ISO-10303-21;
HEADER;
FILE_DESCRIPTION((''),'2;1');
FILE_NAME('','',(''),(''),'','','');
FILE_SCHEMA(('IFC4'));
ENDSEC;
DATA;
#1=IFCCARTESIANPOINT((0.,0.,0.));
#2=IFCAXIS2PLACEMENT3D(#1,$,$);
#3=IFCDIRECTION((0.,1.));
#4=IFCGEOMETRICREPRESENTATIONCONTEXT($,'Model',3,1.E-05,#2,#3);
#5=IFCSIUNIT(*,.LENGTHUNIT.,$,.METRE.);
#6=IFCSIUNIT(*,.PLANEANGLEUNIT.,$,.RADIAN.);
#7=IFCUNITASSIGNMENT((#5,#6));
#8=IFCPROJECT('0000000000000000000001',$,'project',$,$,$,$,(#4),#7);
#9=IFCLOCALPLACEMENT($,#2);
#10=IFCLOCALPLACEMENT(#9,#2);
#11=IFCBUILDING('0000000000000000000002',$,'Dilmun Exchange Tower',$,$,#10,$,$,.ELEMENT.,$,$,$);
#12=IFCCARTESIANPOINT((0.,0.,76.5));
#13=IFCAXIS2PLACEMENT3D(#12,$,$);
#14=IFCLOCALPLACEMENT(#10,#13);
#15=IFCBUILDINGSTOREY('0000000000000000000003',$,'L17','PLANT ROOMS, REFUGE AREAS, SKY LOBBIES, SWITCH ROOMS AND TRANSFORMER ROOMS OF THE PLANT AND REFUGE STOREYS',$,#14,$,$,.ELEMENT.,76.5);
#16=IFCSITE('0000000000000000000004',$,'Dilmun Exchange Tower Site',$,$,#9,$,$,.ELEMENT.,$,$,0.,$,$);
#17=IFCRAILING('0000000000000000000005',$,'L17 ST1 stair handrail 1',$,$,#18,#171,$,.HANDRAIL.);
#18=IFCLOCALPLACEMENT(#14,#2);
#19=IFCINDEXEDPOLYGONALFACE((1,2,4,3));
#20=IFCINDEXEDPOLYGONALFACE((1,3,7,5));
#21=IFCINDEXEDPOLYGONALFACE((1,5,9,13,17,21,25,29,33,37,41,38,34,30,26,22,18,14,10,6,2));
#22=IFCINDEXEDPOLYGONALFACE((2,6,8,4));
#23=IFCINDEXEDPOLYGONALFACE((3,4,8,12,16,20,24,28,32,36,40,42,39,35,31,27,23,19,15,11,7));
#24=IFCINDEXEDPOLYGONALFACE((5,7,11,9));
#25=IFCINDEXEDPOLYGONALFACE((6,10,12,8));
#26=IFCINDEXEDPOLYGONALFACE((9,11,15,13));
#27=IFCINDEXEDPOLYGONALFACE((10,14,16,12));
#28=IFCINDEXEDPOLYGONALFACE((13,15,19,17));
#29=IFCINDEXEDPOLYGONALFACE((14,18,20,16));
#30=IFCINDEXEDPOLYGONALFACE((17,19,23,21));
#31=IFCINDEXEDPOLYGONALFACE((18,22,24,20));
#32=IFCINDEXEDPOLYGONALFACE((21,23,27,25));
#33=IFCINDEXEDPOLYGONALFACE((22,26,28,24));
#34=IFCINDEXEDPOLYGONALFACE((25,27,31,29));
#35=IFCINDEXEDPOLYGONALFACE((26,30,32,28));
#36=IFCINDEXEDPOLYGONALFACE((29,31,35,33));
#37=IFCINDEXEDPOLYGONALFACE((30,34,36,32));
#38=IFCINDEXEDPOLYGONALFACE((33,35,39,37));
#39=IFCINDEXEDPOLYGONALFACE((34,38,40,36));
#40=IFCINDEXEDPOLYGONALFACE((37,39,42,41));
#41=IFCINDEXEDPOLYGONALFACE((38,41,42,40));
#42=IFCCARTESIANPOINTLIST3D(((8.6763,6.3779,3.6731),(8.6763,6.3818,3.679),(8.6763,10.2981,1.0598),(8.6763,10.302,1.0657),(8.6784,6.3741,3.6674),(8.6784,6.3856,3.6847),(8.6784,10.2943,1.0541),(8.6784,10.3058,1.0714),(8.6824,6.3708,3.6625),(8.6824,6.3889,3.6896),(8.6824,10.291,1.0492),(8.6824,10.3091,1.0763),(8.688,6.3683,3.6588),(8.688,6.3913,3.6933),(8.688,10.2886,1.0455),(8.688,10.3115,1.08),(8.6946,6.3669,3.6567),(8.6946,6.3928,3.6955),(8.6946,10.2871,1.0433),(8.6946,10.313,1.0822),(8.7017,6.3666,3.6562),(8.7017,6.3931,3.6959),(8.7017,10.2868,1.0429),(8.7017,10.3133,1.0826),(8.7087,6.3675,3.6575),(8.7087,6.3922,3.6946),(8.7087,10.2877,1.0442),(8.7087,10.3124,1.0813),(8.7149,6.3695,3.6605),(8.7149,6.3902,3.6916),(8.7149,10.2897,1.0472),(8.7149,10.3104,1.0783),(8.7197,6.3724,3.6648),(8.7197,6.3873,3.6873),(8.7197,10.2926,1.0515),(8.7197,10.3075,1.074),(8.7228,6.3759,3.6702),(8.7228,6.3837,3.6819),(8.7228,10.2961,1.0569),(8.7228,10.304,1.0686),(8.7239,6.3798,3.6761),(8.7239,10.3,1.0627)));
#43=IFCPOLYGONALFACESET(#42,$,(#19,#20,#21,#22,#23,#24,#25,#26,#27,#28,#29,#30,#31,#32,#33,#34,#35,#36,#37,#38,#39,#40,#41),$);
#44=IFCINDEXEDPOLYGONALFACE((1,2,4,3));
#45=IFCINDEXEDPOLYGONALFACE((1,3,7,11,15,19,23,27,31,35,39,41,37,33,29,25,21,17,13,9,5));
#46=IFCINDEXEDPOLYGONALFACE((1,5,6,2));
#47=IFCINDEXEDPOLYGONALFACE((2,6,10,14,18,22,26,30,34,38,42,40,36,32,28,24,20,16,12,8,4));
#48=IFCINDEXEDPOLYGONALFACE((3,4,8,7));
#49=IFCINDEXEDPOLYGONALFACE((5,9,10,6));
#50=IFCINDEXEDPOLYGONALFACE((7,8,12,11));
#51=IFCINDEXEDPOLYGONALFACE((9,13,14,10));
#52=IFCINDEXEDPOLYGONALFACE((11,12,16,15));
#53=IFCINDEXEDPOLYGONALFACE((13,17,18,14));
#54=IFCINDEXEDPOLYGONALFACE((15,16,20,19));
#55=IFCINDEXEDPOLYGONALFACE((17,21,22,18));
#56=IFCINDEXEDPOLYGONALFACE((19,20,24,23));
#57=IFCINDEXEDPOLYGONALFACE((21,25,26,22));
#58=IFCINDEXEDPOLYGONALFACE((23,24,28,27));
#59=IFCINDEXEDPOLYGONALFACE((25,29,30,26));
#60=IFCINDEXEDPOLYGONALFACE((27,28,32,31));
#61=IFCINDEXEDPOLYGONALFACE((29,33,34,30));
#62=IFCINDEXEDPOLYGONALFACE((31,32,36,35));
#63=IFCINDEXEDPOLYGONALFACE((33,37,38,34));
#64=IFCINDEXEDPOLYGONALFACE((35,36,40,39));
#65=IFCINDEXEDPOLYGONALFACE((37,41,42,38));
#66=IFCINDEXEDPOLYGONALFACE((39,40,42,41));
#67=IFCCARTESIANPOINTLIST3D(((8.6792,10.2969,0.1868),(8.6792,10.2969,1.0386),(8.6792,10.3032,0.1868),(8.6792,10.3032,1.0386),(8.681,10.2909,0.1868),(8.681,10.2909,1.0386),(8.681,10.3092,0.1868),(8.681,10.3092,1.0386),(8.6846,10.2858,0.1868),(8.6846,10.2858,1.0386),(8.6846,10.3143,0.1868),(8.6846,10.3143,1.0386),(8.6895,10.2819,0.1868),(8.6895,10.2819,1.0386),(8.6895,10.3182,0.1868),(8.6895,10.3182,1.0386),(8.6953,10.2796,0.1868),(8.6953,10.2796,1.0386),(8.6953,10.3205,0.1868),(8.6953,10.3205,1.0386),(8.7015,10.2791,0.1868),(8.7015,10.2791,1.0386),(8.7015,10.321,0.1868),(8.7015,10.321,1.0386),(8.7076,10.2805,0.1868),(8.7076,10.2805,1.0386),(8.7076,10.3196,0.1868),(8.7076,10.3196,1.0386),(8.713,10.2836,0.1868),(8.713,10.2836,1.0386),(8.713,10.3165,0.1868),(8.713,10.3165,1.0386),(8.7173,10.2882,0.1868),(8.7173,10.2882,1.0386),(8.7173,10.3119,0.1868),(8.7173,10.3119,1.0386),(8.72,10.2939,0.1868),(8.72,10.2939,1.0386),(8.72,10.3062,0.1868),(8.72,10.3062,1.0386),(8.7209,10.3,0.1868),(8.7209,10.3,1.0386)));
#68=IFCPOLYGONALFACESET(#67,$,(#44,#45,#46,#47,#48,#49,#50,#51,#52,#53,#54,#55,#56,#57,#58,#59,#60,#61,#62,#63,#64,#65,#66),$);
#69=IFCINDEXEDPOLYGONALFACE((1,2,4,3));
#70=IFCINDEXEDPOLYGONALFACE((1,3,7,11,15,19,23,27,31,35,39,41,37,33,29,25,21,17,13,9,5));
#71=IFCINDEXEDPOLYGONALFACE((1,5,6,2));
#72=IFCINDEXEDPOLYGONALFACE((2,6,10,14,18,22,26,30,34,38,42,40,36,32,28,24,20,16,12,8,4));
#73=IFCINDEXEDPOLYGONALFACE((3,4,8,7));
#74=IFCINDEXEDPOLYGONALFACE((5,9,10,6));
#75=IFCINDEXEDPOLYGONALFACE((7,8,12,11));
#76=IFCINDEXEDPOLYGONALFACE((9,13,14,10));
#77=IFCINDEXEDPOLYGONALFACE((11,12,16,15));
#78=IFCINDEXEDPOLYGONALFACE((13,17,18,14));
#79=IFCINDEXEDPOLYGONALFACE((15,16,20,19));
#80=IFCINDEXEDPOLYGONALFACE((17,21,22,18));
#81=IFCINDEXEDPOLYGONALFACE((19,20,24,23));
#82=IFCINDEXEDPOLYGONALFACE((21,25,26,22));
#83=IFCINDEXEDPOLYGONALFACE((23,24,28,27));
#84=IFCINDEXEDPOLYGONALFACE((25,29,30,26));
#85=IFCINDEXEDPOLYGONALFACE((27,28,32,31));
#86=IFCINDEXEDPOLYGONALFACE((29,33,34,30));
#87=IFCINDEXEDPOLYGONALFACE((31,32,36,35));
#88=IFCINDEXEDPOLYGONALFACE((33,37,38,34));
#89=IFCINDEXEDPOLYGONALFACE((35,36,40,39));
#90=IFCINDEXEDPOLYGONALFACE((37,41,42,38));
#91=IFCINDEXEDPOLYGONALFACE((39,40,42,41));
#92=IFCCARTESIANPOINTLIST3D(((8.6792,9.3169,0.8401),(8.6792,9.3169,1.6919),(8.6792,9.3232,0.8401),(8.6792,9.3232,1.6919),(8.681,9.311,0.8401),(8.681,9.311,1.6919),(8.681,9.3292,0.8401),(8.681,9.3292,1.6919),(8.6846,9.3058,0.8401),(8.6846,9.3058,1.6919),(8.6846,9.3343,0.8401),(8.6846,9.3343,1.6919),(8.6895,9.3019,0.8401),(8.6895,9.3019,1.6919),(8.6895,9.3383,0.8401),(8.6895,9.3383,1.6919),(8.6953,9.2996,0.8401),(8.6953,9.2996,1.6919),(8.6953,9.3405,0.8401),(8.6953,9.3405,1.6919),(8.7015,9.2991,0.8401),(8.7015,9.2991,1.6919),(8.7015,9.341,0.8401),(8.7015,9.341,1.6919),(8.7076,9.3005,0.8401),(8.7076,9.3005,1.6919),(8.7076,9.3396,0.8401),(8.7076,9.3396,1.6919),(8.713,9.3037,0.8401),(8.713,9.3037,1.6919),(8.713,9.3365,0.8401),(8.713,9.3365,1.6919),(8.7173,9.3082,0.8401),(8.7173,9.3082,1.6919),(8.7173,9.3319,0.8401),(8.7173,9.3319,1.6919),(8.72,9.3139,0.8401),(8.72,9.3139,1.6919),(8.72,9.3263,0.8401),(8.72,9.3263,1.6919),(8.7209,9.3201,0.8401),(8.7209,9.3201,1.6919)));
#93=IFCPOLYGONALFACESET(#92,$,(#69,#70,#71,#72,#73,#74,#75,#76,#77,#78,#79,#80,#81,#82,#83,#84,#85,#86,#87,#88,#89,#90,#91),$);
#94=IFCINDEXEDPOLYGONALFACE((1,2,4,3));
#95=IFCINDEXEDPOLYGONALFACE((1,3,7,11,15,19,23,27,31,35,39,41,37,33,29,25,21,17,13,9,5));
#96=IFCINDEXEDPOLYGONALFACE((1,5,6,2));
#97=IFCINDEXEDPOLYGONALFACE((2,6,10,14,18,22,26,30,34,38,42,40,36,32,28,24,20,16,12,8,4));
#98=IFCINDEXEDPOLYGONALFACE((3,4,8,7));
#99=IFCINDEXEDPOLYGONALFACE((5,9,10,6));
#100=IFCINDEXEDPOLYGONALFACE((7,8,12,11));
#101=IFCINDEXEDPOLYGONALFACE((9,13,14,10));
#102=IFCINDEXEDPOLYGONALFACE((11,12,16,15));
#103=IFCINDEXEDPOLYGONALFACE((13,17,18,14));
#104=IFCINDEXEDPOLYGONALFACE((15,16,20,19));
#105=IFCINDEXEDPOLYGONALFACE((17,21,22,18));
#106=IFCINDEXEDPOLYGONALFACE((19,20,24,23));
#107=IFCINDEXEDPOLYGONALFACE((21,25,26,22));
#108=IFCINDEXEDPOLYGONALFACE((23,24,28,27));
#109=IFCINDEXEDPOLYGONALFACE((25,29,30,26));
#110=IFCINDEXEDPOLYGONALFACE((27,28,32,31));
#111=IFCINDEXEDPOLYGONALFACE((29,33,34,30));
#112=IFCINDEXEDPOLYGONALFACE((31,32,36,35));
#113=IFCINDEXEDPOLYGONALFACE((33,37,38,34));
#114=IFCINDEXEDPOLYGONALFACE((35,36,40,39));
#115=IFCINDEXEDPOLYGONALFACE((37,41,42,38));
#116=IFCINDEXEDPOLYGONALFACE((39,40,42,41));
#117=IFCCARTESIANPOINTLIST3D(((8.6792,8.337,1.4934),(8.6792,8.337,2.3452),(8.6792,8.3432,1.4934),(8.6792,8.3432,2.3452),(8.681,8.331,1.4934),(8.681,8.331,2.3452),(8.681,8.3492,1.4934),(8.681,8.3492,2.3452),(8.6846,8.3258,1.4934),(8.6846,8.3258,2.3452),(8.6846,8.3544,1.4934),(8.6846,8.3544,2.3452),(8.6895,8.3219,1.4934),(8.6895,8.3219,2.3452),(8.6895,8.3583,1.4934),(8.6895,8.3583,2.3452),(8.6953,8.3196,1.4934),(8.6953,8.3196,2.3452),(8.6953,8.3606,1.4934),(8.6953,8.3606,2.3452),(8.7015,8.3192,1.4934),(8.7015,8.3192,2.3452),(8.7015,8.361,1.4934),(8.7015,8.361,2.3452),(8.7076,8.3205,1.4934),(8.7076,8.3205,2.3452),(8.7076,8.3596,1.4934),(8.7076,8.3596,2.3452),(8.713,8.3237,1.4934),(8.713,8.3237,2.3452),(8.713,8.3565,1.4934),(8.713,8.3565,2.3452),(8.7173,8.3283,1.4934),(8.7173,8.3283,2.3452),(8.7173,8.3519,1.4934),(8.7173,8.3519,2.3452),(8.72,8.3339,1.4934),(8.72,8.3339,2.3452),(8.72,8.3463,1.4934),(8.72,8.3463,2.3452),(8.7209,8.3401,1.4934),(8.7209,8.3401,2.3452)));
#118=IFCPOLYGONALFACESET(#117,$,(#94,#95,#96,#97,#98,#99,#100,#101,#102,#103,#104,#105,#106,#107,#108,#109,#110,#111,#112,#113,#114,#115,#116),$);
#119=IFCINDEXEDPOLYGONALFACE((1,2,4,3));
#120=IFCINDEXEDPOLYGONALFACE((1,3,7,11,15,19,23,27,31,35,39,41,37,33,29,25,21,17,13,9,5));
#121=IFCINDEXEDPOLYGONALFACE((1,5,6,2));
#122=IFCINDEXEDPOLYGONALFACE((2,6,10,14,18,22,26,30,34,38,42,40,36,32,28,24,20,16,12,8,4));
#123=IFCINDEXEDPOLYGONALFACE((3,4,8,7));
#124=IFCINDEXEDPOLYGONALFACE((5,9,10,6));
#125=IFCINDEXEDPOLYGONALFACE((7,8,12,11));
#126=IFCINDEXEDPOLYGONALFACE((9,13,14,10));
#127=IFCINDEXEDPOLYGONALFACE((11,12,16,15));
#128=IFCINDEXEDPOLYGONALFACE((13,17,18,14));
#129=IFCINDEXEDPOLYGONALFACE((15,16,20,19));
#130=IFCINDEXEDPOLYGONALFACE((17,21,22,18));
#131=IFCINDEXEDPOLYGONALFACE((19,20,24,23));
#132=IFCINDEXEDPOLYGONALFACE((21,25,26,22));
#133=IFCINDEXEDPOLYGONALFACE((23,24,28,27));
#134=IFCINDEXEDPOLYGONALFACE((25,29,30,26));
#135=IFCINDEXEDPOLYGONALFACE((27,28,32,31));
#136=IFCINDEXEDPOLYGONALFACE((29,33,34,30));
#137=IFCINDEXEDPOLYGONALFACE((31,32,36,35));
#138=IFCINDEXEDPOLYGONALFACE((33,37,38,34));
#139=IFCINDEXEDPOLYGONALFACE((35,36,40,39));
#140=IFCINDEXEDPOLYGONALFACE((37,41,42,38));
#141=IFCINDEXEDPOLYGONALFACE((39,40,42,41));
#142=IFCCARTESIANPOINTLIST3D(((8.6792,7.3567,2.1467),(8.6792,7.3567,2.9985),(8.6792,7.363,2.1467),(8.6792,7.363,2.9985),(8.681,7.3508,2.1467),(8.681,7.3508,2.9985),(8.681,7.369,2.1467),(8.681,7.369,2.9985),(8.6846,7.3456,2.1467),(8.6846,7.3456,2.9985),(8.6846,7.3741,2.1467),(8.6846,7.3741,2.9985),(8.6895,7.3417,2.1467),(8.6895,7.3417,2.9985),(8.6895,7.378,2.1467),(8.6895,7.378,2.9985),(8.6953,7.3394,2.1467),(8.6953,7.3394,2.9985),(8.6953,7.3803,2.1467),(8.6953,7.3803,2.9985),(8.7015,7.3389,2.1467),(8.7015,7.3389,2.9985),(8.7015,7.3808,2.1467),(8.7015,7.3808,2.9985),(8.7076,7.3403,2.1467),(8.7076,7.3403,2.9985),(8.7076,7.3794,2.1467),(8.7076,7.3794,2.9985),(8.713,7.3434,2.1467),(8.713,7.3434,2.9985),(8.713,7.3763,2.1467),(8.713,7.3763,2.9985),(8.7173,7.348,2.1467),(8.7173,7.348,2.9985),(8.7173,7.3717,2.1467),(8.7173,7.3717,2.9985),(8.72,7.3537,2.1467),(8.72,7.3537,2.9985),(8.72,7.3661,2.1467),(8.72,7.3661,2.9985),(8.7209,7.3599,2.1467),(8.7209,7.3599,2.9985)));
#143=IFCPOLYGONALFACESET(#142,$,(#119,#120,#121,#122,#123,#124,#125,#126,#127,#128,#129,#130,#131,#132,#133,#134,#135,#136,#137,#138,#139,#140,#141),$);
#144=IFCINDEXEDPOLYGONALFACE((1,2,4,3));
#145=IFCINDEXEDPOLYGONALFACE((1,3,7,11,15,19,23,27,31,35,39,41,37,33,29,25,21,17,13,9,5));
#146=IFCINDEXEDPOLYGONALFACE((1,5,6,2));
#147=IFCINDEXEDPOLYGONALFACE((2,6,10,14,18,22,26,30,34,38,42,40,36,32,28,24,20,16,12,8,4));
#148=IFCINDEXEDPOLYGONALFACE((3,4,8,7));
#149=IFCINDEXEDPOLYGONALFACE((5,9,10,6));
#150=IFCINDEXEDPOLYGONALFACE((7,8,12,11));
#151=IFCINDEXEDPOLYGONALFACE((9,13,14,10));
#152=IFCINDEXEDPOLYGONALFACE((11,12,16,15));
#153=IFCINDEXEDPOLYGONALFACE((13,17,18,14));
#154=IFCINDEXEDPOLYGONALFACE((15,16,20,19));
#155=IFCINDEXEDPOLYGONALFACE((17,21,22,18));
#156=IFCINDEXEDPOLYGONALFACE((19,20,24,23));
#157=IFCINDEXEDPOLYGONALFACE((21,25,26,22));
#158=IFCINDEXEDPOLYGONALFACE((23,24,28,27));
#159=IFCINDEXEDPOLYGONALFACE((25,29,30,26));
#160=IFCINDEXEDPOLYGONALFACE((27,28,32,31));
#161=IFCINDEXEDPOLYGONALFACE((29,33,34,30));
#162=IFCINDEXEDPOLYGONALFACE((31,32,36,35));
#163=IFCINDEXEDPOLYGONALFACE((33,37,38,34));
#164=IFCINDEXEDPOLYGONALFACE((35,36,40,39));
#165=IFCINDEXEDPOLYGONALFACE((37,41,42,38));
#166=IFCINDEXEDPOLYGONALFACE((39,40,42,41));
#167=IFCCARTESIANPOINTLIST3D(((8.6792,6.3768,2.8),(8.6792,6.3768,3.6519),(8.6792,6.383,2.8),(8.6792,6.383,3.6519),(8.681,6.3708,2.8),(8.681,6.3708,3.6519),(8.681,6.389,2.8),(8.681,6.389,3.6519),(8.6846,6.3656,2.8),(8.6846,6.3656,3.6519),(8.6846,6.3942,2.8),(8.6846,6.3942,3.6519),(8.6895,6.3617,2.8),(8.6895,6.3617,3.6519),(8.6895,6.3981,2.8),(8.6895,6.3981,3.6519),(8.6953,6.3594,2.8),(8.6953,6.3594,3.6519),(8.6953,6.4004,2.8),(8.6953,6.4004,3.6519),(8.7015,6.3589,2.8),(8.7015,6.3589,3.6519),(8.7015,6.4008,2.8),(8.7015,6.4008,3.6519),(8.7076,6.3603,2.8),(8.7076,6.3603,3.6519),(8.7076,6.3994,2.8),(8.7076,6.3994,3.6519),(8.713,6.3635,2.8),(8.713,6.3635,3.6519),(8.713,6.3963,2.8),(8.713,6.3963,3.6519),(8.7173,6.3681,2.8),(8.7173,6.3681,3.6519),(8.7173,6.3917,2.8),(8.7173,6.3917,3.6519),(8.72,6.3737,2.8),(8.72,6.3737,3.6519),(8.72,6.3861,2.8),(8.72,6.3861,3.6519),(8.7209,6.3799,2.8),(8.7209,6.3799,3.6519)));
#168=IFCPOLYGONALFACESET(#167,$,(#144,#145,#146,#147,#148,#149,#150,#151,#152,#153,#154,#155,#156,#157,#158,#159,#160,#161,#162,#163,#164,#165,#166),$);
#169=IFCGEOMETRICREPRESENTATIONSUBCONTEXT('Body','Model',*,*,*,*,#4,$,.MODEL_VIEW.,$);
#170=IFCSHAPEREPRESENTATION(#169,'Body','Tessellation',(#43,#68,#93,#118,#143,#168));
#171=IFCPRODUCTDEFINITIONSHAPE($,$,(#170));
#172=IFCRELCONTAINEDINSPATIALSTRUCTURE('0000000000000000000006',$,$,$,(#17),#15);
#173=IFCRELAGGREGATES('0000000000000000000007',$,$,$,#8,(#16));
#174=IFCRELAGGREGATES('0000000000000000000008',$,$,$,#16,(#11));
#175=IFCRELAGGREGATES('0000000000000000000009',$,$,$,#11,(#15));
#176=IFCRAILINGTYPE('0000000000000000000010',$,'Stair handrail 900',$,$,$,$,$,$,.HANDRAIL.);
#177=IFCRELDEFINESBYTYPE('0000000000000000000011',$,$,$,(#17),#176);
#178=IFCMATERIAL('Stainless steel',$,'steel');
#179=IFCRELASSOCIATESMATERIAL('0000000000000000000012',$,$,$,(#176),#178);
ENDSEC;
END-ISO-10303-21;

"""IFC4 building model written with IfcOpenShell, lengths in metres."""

from ifc_helpers import new_model, si_unit, direction, frame, origin, origin_2d, place, context, subcontext, project, spatial, circle, extrude, material, type_object, element, save


model = new_model("IFC4")

# Units and contexts
model_context = context("Model", 3, precision=1e-05, world=origin(), true_north=direction((0.0, 1.0)))
body_context = subcontext(model_context, "Body", "Model", "MODEL_VIEW")
ifc_project = project(units=[si_unit("LENGTHUNIT", "METRE"), si_unit("PLANEANGLEUNIT", "RADIAN")], contexts=[model_context])

# Site, building, storey
site_placement = place(None, origin())
site = spatial("IfcSite", under=ifc_project, at=site_placement, Name="Dilmun Exchange Tower Site", CompositionType="ELEMENT", RefElevation=0.0)
building_placement = place(site_placement, origin())
building = spatial("IfcBuilding", under=site, at=building_placement, Name="Dilmun Exchange Tower", CompositionType="ELEMENT")
storey_placement = place(building_placement, frame((0.0, 0.0, 76.5)))
storey = spatial("IfcBuildingStorey", under=building, at=storey_placement, Name="L17", Description="PLANT ROOMS, REFUGE AREAS, SKY LOBBIES, SWITCH ROOMS AND TRANSFORMER ROOMS OF THE PLANT AND REFUGE STOREYS", CompositionType="ELEMENT", Elevation=76.5)

# Railing
ifc_material_1 = material(Name="Stainless steel", Category="steel")
railing_type = type_object("IfcRailingType", Name="Stair handrail 900", PredefinedType="HANDRAIL", material=ifc_material_1)
railing_1_placement = place(storey_placement, frame((8.7, 10.3, 0.1868)))
element("IfcRailing", 1, at=railing_1_placement, inside=storey, type_object=railing_type, Name="L17 ST1 stair handrail 1", PredefinedType="HANDRAIL", context=body_context, shape_type="SweptSolid", body=[
    extrude(circle(Radius=0.0239, at=origin_2d()), frame((0.0, 0.0, 0.876), z_axis=(0.0, -0.832066, 0.554676), x_axis=(1.0, 0.0, 0.0)), (0.0, 0.0, 1.0), 4.7114),
    extrude(circle(Radius=0.021, at=origin_2d()), origin(), (0.0, 0.0, 1.0), 0.8518),
    extrude(circle(Radius=0.021, at=origin_2d()), frame((0.0, -0.98, 0.6533)), (0.0, 0.0, 1.0), 0.8518),
    extrude(circle(Radius=0.021, at=origin_2d()), frame((0.0, -1.96, 1.3066)), (0.0, 0.0, 1.0), 0.8518),
    extrude(circle(Radius=0.021, at=origin_2d()), frame((0.0, -2.9402, 1.96)), (0.0, 0.0, 1.0), 0.8518),
    extrude(circle(Radius=0.021, at=origin_2d()), frame((0.0, -3.9202, 2.6133)), (0.0, 0.0, 1.0), 0.8518),
])

save(model, "model.ifc")
